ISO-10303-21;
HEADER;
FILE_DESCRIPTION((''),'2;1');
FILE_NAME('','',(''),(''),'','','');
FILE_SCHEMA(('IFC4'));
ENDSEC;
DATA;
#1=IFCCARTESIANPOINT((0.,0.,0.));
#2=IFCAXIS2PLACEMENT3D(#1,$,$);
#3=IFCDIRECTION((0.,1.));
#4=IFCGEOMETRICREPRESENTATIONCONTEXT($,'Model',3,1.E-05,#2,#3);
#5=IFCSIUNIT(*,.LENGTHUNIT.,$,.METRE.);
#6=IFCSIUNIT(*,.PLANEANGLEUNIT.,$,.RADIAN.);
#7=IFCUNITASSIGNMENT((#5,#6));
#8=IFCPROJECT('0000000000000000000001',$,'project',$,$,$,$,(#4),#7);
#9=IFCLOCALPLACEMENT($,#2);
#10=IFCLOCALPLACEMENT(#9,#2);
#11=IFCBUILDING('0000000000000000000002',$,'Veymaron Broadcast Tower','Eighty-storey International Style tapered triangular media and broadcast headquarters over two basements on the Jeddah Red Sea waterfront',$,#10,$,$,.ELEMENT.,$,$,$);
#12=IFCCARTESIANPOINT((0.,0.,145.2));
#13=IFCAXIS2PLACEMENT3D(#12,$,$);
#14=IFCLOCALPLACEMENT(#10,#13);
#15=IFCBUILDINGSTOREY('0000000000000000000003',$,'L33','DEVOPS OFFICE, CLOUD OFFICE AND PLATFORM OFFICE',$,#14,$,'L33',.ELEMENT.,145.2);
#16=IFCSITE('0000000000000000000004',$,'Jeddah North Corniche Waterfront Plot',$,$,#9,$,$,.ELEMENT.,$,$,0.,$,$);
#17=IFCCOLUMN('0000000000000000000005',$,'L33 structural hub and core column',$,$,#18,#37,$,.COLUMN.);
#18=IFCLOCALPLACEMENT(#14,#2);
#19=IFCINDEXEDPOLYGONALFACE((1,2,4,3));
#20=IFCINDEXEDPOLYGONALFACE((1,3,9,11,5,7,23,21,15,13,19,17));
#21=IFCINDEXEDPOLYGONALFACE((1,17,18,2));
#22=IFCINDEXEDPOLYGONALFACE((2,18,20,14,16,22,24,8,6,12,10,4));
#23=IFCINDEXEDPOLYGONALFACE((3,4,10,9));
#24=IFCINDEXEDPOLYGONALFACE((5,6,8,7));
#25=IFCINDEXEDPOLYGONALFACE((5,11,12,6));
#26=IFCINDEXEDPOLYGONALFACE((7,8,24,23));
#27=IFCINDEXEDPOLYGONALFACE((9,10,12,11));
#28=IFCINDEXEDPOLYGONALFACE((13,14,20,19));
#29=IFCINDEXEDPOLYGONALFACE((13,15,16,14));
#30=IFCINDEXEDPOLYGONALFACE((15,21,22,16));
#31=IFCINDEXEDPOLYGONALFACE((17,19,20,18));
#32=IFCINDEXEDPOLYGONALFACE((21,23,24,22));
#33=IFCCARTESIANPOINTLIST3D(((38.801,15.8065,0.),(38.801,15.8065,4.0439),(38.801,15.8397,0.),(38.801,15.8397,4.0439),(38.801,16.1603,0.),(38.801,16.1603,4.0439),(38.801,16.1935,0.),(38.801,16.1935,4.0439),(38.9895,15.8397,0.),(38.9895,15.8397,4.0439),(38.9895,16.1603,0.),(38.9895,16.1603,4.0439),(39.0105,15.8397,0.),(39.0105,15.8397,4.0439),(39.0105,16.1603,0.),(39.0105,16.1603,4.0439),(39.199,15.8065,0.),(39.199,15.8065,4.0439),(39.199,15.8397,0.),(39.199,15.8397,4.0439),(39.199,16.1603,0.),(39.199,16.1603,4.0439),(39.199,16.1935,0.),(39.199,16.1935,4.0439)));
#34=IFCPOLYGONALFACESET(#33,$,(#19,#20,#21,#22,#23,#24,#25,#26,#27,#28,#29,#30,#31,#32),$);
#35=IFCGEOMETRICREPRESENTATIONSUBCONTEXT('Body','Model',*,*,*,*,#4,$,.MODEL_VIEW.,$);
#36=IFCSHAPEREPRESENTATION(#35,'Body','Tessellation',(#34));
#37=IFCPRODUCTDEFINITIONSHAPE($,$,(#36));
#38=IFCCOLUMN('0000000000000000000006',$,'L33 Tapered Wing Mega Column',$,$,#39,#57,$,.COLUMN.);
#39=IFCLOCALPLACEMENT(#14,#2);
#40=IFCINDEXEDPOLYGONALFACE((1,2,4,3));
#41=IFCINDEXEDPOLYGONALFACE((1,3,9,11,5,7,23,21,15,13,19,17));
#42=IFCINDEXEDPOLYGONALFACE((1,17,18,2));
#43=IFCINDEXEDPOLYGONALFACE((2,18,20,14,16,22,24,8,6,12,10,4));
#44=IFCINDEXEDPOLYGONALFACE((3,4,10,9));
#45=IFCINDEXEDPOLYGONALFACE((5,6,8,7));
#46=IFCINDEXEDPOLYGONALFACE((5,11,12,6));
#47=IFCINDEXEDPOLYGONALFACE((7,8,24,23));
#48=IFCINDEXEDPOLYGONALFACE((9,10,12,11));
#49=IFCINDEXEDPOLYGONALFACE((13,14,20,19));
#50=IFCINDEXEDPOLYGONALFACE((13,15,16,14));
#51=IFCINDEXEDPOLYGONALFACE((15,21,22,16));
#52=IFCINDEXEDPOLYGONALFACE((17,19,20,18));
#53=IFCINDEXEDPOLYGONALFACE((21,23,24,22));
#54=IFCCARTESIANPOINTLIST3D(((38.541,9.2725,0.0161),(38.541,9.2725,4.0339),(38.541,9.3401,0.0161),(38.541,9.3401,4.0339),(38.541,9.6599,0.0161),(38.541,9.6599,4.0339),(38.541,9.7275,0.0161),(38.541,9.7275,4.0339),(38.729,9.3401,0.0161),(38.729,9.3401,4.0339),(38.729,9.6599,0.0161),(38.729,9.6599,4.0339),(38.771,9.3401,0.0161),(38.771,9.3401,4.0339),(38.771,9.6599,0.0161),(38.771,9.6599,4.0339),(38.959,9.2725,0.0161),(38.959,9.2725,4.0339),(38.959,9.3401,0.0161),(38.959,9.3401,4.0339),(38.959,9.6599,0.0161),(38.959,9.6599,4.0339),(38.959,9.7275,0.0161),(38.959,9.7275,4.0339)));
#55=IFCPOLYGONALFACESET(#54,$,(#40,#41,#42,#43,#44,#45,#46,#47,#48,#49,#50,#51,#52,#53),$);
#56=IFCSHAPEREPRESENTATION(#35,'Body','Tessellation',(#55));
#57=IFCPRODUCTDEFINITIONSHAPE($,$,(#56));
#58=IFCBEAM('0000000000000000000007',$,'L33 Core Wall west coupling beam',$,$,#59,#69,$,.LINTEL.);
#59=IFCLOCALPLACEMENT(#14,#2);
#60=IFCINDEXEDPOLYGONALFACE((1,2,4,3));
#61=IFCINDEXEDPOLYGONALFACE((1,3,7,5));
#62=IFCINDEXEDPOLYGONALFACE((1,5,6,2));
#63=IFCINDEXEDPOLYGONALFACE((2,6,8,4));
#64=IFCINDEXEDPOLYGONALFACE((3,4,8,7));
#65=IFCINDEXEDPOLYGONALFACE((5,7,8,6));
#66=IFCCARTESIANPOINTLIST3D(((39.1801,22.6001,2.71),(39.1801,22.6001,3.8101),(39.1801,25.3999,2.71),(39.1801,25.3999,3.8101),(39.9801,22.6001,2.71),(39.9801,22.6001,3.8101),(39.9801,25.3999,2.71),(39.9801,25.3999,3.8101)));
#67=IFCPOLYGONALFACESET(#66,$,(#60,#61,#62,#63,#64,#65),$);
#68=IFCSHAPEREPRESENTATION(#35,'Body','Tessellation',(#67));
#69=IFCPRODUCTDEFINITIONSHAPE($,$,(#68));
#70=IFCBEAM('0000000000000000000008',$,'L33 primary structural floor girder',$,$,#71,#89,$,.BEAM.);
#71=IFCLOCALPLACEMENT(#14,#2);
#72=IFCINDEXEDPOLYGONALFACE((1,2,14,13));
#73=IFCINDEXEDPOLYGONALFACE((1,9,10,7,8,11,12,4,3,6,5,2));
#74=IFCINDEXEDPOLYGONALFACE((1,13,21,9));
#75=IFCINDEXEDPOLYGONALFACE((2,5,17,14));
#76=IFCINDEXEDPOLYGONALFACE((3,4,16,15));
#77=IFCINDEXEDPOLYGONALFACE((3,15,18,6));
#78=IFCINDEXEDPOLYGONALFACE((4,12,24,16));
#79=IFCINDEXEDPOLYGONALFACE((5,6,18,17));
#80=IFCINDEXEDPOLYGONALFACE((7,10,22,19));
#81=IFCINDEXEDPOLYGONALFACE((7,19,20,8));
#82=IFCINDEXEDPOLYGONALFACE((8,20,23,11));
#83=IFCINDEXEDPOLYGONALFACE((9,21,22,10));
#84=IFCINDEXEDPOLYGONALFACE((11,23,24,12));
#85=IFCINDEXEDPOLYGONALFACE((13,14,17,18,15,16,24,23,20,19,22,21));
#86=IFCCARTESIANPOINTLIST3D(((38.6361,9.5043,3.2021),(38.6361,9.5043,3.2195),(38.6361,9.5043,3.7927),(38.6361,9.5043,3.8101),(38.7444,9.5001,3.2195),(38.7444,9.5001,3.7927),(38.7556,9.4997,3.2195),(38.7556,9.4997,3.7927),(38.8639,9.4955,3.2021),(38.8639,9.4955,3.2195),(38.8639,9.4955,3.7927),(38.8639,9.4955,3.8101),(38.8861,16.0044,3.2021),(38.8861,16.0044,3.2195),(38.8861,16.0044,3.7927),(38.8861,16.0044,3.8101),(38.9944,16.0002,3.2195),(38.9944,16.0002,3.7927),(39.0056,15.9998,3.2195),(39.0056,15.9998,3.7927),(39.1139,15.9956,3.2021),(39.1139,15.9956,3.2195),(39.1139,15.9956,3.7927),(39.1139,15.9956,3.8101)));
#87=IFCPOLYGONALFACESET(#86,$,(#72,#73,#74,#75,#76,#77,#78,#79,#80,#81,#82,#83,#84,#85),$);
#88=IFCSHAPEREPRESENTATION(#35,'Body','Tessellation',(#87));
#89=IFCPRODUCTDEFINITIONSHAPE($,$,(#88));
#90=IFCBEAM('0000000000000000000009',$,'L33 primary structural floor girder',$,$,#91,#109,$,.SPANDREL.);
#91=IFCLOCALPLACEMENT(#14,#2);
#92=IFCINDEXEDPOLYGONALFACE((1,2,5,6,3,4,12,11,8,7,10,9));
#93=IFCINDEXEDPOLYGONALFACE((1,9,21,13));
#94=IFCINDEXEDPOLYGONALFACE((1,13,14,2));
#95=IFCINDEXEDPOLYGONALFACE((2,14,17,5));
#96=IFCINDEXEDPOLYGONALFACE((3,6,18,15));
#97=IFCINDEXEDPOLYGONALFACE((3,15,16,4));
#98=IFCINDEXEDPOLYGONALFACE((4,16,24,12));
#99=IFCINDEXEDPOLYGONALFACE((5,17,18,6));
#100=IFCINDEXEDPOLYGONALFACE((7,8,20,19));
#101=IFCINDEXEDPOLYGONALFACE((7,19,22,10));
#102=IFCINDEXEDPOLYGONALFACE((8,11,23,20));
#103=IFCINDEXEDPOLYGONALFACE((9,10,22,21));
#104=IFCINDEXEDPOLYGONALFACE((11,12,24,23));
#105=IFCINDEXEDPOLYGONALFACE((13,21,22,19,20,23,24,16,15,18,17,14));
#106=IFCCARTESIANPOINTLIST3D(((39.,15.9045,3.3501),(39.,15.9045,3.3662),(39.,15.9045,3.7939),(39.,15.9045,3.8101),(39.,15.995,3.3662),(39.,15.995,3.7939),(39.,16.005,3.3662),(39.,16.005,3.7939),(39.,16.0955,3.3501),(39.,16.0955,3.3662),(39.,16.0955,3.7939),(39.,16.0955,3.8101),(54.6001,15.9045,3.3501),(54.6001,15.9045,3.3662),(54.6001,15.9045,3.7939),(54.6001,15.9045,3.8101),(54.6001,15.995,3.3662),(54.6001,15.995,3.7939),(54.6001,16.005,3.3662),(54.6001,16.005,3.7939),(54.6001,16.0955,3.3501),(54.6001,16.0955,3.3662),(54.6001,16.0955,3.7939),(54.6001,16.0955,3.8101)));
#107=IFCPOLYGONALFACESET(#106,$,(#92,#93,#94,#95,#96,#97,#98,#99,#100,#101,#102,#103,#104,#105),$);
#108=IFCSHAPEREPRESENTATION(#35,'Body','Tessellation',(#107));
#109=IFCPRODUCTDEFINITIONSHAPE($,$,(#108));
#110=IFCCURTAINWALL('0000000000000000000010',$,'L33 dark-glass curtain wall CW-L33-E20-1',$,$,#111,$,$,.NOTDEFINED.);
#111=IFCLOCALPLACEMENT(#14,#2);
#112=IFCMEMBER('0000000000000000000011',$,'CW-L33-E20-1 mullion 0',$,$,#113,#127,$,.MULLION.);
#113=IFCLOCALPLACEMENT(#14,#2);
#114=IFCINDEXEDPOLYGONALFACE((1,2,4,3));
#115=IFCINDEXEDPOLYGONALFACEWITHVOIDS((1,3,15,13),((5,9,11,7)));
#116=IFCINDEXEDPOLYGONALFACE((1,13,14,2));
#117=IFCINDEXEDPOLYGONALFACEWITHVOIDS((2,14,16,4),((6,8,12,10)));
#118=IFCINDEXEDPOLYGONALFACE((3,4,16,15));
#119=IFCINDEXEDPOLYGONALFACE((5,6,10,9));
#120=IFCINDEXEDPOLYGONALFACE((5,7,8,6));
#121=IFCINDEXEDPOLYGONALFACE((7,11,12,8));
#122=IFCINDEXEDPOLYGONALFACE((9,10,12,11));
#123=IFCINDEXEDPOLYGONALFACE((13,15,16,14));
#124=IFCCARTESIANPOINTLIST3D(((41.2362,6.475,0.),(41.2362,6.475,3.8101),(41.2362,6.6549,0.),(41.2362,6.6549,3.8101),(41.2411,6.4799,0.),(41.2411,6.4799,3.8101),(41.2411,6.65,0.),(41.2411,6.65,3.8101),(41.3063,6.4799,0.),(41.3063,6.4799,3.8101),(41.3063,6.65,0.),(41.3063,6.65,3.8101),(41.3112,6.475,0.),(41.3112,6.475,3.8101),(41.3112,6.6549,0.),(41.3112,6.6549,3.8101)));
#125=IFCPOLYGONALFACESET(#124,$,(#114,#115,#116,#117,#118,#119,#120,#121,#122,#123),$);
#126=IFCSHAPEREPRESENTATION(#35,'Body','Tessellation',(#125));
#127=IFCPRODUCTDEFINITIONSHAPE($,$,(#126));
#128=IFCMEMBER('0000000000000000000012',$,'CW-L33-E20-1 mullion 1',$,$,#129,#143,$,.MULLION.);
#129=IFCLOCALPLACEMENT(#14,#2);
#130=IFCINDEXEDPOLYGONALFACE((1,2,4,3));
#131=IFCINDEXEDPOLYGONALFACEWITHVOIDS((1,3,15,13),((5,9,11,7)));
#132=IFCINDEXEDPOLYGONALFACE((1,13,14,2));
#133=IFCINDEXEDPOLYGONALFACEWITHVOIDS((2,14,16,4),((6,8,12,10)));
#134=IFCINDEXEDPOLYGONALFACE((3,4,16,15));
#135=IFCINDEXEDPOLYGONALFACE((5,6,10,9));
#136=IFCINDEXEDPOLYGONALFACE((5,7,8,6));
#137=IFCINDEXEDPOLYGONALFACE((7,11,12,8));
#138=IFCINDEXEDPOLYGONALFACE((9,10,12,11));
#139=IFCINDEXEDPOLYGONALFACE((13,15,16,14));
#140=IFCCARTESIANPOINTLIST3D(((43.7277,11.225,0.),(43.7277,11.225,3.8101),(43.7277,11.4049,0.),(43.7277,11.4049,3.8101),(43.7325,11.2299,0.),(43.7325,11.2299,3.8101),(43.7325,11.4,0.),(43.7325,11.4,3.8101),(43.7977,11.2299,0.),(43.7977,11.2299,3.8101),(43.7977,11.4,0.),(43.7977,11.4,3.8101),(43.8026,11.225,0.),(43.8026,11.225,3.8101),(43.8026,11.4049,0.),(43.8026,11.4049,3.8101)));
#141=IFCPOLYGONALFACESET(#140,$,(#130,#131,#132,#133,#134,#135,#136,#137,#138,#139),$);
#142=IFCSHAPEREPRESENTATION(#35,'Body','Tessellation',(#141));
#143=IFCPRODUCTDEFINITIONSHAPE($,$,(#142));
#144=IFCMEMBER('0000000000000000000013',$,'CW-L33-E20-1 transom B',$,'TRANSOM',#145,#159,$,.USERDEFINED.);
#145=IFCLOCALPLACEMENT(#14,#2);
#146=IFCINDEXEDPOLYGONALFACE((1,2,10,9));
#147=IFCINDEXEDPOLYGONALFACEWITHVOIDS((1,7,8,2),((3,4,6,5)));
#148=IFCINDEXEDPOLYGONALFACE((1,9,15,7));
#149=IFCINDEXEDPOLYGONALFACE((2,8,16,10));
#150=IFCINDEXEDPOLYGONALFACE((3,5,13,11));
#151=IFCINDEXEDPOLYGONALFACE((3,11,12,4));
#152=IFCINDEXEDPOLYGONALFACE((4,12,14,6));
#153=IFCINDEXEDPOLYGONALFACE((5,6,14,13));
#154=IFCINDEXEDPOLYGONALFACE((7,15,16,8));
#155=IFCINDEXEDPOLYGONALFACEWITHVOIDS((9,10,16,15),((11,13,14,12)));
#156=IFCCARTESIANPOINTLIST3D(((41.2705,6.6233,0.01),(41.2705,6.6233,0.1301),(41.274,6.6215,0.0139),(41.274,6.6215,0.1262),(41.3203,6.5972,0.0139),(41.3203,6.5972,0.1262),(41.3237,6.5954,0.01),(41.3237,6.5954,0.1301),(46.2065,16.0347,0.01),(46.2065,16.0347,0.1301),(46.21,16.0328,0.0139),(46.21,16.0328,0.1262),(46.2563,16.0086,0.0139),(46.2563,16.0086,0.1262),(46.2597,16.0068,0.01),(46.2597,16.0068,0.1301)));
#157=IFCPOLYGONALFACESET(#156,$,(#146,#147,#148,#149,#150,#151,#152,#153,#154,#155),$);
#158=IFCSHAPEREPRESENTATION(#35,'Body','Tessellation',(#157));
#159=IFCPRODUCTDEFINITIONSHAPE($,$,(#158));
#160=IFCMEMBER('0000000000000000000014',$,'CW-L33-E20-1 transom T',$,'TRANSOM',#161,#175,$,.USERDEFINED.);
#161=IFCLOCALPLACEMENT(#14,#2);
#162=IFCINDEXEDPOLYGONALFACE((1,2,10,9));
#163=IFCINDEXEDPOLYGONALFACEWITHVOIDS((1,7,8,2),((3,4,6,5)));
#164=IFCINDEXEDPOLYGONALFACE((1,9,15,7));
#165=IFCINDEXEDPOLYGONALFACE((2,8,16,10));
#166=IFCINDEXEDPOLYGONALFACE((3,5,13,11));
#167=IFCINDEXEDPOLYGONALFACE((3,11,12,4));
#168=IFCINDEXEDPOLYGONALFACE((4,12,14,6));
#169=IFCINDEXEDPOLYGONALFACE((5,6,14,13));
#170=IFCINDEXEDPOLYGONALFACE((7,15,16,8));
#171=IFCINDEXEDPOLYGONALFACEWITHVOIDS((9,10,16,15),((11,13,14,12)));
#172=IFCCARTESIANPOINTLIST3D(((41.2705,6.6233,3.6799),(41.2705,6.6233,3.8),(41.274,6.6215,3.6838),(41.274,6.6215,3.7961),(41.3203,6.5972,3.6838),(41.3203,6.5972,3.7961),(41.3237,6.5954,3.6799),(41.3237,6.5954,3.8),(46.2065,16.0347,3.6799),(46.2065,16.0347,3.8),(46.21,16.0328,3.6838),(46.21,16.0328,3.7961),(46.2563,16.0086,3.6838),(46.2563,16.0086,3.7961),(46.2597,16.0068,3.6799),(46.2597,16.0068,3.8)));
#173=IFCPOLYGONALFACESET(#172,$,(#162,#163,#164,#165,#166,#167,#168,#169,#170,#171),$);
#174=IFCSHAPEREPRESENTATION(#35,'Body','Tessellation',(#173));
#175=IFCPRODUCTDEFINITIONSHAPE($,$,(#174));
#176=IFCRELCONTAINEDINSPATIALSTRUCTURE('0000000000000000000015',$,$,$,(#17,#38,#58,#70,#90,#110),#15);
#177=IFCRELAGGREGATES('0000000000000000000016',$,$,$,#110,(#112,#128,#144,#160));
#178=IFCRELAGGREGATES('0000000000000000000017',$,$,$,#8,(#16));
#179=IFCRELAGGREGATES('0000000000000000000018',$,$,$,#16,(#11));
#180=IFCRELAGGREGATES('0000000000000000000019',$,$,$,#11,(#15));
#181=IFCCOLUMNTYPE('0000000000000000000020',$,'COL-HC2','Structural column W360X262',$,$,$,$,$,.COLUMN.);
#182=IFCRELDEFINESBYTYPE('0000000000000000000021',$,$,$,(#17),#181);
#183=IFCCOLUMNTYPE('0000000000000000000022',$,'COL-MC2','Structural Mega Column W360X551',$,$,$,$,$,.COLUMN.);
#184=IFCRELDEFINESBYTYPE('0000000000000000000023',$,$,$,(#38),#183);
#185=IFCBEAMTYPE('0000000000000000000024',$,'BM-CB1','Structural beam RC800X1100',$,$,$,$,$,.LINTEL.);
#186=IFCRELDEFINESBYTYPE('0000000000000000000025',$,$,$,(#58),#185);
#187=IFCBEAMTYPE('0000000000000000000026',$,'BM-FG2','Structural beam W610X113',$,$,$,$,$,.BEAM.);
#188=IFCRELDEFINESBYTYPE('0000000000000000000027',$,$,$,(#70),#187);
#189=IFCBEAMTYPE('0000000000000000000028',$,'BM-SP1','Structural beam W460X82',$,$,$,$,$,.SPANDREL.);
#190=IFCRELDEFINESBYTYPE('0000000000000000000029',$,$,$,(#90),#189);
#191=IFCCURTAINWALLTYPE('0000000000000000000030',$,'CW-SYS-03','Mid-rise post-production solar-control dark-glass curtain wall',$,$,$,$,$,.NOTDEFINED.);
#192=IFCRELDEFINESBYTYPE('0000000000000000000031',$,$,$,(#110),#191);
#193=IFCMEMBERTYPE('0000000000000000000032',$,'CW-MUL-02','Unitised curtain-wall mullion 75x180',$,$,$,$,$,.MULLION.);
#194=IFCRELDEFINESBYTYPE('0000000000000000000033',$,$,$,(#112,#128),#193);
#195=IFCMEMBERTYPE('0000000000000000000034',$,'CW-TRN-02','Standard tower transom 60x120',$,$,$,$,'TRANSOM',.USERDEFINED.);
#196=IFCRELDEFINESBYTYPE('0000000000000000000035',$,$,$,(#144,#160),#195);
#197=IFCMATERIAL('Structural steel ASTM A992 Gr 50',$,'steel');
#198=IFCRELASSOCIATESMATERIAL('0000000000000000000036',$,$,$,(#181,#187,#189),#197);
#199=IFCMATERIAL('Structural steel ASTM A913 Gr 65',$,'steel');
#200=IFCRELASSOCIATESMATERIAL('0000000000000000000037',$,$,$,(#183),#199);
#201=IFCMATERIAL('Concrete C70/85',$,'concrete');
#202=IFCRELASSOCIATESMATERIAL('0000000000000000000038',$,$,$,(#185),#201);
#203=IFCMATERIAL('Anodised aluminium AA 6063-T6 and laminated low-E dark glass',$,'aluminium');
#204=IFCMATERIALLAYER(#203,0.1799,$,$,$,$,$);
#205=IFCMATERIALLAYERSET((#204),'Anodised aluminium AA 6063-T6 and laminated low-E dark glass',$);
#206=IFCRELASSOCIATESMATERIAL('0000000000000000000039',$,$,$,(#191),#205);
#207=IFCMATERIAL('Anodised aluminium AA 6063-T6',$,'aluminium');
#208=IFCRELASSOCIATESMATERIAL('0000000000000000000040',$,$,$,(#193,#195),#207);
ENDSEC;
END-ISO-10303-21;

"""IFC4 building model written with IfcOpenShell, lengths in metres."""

from ifc_helpers import new_model, si_unit, direction, frame, origin, origin_2d, place, context, subcontext, project, spatial, rectangle, hollow_rectangle, i_section, extrude, material, layer, layer_set, material_profile, profile_set, type_object, element, aggregate, save


model = new_model("IFC4")

# Units and contexts
model_context = context("Model", 3, precision=1e-05, world=origin(), true_north=direction((0.0, 1.0)))
body_context = subcontext(model_context, "Body", "Model", "MODEL_VIEW")
ifc_project = project(units=[si_unit("LENGTHUNIT", "METRE"), si_unit("PLANEANGLEUNIT", "RADIAN")], contexts=[model_context])

# Site, building, storey
site_placement = place(None, origin())
site = spatial("IfcSite", under=ifc_project, at=site_placement, Name="Jeddah North Corniche Waterfront Plot", CompositionType="ELEMENT", RefElevation=0.0)
building_placement = place(site_placement, origin())
building = spatial("IfcBuilding", under=site, at=building_placement, Name="Veymaron Broadcast Tower", Description="Eighty-storey International Style tapered triangular media and broadcast headquarters over two basements on the Jeddah Red Sea waterfront", CompositionType="ELEMENT")
storey_placement = place(building_placement, frame((0.0, 0.0, 145.2)))
storey = spatial("IfcBuildingStorey", under=building, at=storey_placement, Name="L33", Description="DEVOPS OFFICE, CLOUD OFFICE AND PLATFORM OFFICE", LongName="L33", CompositionType="ELEMENT", Elevation=145.2)

# Columns
ifc_material_1 = material(Name="Structural steel ASTM A992 Gr 50", Category="steel")
ifc_material_profile_1 = material_profile(ifc_material_1, i_section(OverallWidth=0.3979, OverallDepth=0.387, WebThickness=0.021, FlangeThickness=0.0332, at=origin_2d()), Name="W360X262")
ifc_profile_set_1 = profile_set([ifc_material_profile_1], Name="Structural steel ASTM A992 Gr 50")
column_type_1 = type_object("IfcColumnType", Name="COL-HC2", Description="Structural column W360X262", PredefinedType="COLUMN", material=ifc_profile_set_1)
column_1_placement = place(storey_placement, frame((39.0, 16.0, 0.0), z_axis=(0.0, 0.0, 1.0), x_axis=(1.0, 0.0, 0.0)))
element("IfcColumn", 1, at=column_1_placement, inside=storey, type_object=column_type_1, Name="L33 structural hub and core column", PredefinedType="COLUMN", context=body_context, shape_type="SweptSolid", body=[
    extrude(i_section(OverallWidth=0.3979, OverallDepth=0.387, WebThickness=0.021, FlangeThickness=0.0332, at=origin_2d()), origin(), (0.0, 0.0, 1.0), 4.0439),
])
ifc_material_2 = material(Name="Structural steel ASTM A913 Gr 65", Category="steel")
ifc_material_profile_2 = material_profile(ifc_material_2, i_section(OverallWidth=0.418, OverallDepth=0.4551, WebThickness=0.042, FlangeThickness=0.0676, at=origin_2d()), Name="W360X551")
ifc_profile_set_2 = profile_set([ifc_material_profile_2], Name="Structural steel ASTM A913 Gr 65")
column_type_2 = type_object("IfcColumnType", Name="COL-MC2", Description="Structural Mega Column W360X551", PredefinedType="COLUMN", material=ifc_profile_set_2)
column_2_placement = place(storey_placement, frame((38.75, 9.5, 0.0161), z_axis=(0.0, 0.0, 1.0), x_axis=(1.0, 0.0, 0.0)))
element("IfcColumn", 2, at=column_2_placement, inside=storey, type_object=column_type_2, Name="L33 Tapered Wing Mega Column", PredefinedType="COLUMN", context=body_context, shape_type="SweptSolid", body=[
    extrude(i_section(OverallWidth=0.418, OverallDepth=0.4551, WebThickness=0.042, FlangeThickness=0.0676, at=origin_2d()), origin(), (0.0, 0.0, 1.0), 4.0178),
])

# Beams
ifc_material_3 = material(Name="Concrete C70/85", Category="concrete")
ifc_material_profile_3 = material_profile(ifc_material_3, rectangle(XDim=0.8, YDim=1.1001, at=origin_2d()), Name="RC800X1100")
ifc_profile_set_3 = profile_set([ifc_material_profile_3], Name="Concrete C70/85")
beam_type_1 = type_object("IfcBeamType", Name="BM-CB1", Description="Structural beam RC800X1100", PredefinedType="LINTEL", material=ifc_profile_set_3)
beam_1_placement = place(storey_placement, frame((39.5801, 22.6001, 3.26), z_axis=(0.0, 1.0, 0.0), x_axis=(-1.0, 0.0, 0.0)))
element("IfcBeam", 3, at=beam_1_placement, inside=storey, type_object=beam_type_1, Name="L33 Core Wall west coupling beam", PredefinedType="LINTEL", context=body_context, shape_type="SweptSolid", body=[
    extrude(rectangle(XDim=0.8, YDim=1.1001, at=origin_2d()), origin(), (0.0, 0.0, 1.0), 2.7998),
])
ifc_material_profile_4 = material_profile(ifc_material_1, i_section(OverallWidth=0.228, OverallDepth=0.6079, WebThickness=0.0112, FlangeThickness=0.0173, at=origin_2d()), Name="W610X113")
ifc_profile_set_4 = profile_set([ifc_material_profile_4], Name="Structural steel ASTM A992 Gr 50")
beam_type_2 = type_object("IfcBeamType", Name="BM-FG2", Description="Structural beam W610X113", PredefinedType="BEAM", material=ifc_profile_set_4)
beam_2_placement = place(storey_placement, frame((39.0, 16.0, 3.5061), z_axis=(-0.038433, -0.999261, 0.0), x_axis=(0.999261, -0.038433, 0.0)))
element("IfcBeam", 4, at=beam_2_placement, inside=storey, type_object=beam_type_2, Name="L33 primary structural floor girder", PredefinedType="BEAM", context=body_context, shape_type="SweptSolid", body=[
    extrude(i_section(OverallWidth=0.228, OverallDepth=0.6079, WebThickness=0.0112, FlangeThickness=0.0173, at=origin_2d()), origin(), (0.0, 0.0, 1.0), 6.5049),
])
ifc_material_profile_5 = material_profile(ifc_material_1, i_section(OverallWidth=0.1909, OverallDepth=0.46, WebThickness=0.01, FlangeThickness=0.0161, at=origin_2d()), Name="W460X82")
ifc_profile_set_5 = profile_set([ifc_material_profile_5], Name="Structural steel ASTM A992 Gr 50")
beam_type_3 = type_object("IfcBeamType", Name="BM-SP1", Description="Structural beam W460X82", PredefinedType="SPANDREL", material=ifc_profile_set_5)
beam_3_placement = place(storey_placement, frame((39.0, 16.0, 3.5801), z_axis=(1.0, 0.0, 0.0), x_axis=(0.0, 1.0, 0.0)))
element("IfcBeam", 5, at=beam_3_placement, inside=storey, type_object=beam_type_3, Name="L33 primary structural floor girder", PredefinedType="SPANDREL", context=body_context, shape_type="SweptSolid", body=[
    extrude(i_section(OverallWidth=0.1909, OverallDepth=0.46, WebThickness=0.01, FlangeThickness=0.0161, at=origin_2d()), origin(), (0.0, 0.0, 1.0), 15.6001),
])

# Curtain wall, members
ifc_material_4 = material(Name="Anodised aluminium AA 6063-T6 and laminated low-E dark glass", Category="aluminium")
ifc_layer_1 = layer(ifc_material_4, 0.1799)
ifc_layer_set_1 = layer_set([ifc_layer_1], Name="Anodised aluminium AA 6063-T6 and laminated low-E dark glass")
curtain_wall_type = type_object("IfcCurtainWallType", Name="CW-SYS-03", Description="Mid-rise post-production solar-control dark-glass curtain wall", PredefinedType="NOTDEFINED", material=ifc_layer_set_1)
curtain_wall_placement = place(storey_placement, origin())
curtain_wall = element("IfcCurtainWall", 6, at=curtain_wall_placement, inside=storey, type_object=curtain_wall_type, Name="L33 dark-glass curtain wall CW-L33-E20-1", PredefinedType="NOTDEFINED")
ifc_material_5 = material(Name="Anodised aluminium AA 6063-T6", Category="aluminium")
ifc_material_profile_6 = material_profile(ifc_material_5, hollow_rectangle(XDim=0.075, YDim=0.1799, WallThickness=0.0049, at=origin_2d()), Name="AL180X75X5")
ifc_profile_set_6 = profile_set([ifc_material_profile_6], Name="Anodised aluminium AA 6063-T6")
member_type_1 = type_object("IfcMemberType", Name="CW-MUL-02", Description="Unitised curtain-wall mullion 75x180", PredefinedType="MULLION", material=ifc_profile_set_6)
member_1_placement = place(storey_placement, frame((41.2737, 6.5649, 0.0), z_axis=(0.0, 0.0, 1.0), x_axis=(1.0, 0.0, 0.0)))
member_1 = element("IfcMember", 7, at=member_1_placement, type_object=member_type_1, Name="CW-L33-E20-1 mullion 0", PredefinedType="MULLION", context=body_context, shape_type="SweptSolid", body=[
    extrude(hollow_rectangle(XDim=0.075, YDim=0.1799, WallThickness=0.0049, at=origin_2d()), origin(), (0.0, 0.0, 1.0), 3.8101),
])
member_2_placement = place(storey_placement, frame((43.7651, 11.3149, 0.0), z_axis=(0.0, 0.0, 1.0), x_axis=(1.0, 0.0, 0.0)))
member_2 = element("IfcMember", 8, at=member_2_placement, type_object=member_type_1, Name="CW-L33-E20-1 mullion 1", PredefinedType="MULLION", context=body_context, shape_type="SweptSolid", body=[
    extrude(hollow_rectangle(XDim=0.075, YDim=0.1799, WallThickness=0.0049, at=origin_2d()), origin(), (0.0, 0.0, 1.0), 3.8101),
])
ifc_material_profile_7 = material_profile(ifc_material_5, hollow_rectangle(XDim=0.0601, YDim=0.1201, WallThickness=0.0039, at=origin_2d()), Name="AL120X60X4")
ifc_profile_set_7 = profile_set([ifc_material_profile_7], Name="Anodised aluminium AA 6063-T6")
member_type_2 = type_object("IfcMemberType", Name="CW-TRN-02", Description="Standard tower transom 60x120", ElementType="TRANSOM", PredefinedType="USERDEFINED", material=ifc_profile_set_7)
member_3_placement = place(storey_placement, frame((41.2971, 6.6094, 0.0701), z_axis=(0.46447, 0.885589, 0.0), x_axis=(-0.885589, 0.46447, 0.0)))
member_3 = element("IfcMember", 9, at=member_3_placement, type_object=member_type_2, Name="CW-L33-E20-1 transom B", ObjectType="TRANSOM", PredefinedType="USERDEFINED", context=body_context, shape_type="SweptSolid", body=[
    extrude(hollow_rectangle(XDim=0.0601, YDim=0.1201, WallThickness=0.0039, at=origin_2d()), origin(), (0.0, 0.0, 1.0), 10.6272),
])
member_4_placement = place(storey_placement, frame((41.2971, 6.6094, 3.74), z_axis=(0.46447, 0.885589, 0.0), x_axis=(-0.885589, 0.46447, 0.0)))
member_4 = element("IfcMember", 10, at=member_4_placement, type_object=member_type_2, Name="CW-L33-E20-1 transom T", ObjectType="TRANSOM", PredefinedType="USERDEFINED", context=body_context, shape_type="SweptSolid", body=[
    extrude(hollow_rectangle(XDim=0.0601, YDim=0.1201, WallThickness=0.0039, at=origin_2d()), origin(), (0.0, 0.0, 1.0), 10.6272),
])
aggregate(curtain_wall, [member_1, member_2, member_3, member_4])

save(model, "model.ifc")
